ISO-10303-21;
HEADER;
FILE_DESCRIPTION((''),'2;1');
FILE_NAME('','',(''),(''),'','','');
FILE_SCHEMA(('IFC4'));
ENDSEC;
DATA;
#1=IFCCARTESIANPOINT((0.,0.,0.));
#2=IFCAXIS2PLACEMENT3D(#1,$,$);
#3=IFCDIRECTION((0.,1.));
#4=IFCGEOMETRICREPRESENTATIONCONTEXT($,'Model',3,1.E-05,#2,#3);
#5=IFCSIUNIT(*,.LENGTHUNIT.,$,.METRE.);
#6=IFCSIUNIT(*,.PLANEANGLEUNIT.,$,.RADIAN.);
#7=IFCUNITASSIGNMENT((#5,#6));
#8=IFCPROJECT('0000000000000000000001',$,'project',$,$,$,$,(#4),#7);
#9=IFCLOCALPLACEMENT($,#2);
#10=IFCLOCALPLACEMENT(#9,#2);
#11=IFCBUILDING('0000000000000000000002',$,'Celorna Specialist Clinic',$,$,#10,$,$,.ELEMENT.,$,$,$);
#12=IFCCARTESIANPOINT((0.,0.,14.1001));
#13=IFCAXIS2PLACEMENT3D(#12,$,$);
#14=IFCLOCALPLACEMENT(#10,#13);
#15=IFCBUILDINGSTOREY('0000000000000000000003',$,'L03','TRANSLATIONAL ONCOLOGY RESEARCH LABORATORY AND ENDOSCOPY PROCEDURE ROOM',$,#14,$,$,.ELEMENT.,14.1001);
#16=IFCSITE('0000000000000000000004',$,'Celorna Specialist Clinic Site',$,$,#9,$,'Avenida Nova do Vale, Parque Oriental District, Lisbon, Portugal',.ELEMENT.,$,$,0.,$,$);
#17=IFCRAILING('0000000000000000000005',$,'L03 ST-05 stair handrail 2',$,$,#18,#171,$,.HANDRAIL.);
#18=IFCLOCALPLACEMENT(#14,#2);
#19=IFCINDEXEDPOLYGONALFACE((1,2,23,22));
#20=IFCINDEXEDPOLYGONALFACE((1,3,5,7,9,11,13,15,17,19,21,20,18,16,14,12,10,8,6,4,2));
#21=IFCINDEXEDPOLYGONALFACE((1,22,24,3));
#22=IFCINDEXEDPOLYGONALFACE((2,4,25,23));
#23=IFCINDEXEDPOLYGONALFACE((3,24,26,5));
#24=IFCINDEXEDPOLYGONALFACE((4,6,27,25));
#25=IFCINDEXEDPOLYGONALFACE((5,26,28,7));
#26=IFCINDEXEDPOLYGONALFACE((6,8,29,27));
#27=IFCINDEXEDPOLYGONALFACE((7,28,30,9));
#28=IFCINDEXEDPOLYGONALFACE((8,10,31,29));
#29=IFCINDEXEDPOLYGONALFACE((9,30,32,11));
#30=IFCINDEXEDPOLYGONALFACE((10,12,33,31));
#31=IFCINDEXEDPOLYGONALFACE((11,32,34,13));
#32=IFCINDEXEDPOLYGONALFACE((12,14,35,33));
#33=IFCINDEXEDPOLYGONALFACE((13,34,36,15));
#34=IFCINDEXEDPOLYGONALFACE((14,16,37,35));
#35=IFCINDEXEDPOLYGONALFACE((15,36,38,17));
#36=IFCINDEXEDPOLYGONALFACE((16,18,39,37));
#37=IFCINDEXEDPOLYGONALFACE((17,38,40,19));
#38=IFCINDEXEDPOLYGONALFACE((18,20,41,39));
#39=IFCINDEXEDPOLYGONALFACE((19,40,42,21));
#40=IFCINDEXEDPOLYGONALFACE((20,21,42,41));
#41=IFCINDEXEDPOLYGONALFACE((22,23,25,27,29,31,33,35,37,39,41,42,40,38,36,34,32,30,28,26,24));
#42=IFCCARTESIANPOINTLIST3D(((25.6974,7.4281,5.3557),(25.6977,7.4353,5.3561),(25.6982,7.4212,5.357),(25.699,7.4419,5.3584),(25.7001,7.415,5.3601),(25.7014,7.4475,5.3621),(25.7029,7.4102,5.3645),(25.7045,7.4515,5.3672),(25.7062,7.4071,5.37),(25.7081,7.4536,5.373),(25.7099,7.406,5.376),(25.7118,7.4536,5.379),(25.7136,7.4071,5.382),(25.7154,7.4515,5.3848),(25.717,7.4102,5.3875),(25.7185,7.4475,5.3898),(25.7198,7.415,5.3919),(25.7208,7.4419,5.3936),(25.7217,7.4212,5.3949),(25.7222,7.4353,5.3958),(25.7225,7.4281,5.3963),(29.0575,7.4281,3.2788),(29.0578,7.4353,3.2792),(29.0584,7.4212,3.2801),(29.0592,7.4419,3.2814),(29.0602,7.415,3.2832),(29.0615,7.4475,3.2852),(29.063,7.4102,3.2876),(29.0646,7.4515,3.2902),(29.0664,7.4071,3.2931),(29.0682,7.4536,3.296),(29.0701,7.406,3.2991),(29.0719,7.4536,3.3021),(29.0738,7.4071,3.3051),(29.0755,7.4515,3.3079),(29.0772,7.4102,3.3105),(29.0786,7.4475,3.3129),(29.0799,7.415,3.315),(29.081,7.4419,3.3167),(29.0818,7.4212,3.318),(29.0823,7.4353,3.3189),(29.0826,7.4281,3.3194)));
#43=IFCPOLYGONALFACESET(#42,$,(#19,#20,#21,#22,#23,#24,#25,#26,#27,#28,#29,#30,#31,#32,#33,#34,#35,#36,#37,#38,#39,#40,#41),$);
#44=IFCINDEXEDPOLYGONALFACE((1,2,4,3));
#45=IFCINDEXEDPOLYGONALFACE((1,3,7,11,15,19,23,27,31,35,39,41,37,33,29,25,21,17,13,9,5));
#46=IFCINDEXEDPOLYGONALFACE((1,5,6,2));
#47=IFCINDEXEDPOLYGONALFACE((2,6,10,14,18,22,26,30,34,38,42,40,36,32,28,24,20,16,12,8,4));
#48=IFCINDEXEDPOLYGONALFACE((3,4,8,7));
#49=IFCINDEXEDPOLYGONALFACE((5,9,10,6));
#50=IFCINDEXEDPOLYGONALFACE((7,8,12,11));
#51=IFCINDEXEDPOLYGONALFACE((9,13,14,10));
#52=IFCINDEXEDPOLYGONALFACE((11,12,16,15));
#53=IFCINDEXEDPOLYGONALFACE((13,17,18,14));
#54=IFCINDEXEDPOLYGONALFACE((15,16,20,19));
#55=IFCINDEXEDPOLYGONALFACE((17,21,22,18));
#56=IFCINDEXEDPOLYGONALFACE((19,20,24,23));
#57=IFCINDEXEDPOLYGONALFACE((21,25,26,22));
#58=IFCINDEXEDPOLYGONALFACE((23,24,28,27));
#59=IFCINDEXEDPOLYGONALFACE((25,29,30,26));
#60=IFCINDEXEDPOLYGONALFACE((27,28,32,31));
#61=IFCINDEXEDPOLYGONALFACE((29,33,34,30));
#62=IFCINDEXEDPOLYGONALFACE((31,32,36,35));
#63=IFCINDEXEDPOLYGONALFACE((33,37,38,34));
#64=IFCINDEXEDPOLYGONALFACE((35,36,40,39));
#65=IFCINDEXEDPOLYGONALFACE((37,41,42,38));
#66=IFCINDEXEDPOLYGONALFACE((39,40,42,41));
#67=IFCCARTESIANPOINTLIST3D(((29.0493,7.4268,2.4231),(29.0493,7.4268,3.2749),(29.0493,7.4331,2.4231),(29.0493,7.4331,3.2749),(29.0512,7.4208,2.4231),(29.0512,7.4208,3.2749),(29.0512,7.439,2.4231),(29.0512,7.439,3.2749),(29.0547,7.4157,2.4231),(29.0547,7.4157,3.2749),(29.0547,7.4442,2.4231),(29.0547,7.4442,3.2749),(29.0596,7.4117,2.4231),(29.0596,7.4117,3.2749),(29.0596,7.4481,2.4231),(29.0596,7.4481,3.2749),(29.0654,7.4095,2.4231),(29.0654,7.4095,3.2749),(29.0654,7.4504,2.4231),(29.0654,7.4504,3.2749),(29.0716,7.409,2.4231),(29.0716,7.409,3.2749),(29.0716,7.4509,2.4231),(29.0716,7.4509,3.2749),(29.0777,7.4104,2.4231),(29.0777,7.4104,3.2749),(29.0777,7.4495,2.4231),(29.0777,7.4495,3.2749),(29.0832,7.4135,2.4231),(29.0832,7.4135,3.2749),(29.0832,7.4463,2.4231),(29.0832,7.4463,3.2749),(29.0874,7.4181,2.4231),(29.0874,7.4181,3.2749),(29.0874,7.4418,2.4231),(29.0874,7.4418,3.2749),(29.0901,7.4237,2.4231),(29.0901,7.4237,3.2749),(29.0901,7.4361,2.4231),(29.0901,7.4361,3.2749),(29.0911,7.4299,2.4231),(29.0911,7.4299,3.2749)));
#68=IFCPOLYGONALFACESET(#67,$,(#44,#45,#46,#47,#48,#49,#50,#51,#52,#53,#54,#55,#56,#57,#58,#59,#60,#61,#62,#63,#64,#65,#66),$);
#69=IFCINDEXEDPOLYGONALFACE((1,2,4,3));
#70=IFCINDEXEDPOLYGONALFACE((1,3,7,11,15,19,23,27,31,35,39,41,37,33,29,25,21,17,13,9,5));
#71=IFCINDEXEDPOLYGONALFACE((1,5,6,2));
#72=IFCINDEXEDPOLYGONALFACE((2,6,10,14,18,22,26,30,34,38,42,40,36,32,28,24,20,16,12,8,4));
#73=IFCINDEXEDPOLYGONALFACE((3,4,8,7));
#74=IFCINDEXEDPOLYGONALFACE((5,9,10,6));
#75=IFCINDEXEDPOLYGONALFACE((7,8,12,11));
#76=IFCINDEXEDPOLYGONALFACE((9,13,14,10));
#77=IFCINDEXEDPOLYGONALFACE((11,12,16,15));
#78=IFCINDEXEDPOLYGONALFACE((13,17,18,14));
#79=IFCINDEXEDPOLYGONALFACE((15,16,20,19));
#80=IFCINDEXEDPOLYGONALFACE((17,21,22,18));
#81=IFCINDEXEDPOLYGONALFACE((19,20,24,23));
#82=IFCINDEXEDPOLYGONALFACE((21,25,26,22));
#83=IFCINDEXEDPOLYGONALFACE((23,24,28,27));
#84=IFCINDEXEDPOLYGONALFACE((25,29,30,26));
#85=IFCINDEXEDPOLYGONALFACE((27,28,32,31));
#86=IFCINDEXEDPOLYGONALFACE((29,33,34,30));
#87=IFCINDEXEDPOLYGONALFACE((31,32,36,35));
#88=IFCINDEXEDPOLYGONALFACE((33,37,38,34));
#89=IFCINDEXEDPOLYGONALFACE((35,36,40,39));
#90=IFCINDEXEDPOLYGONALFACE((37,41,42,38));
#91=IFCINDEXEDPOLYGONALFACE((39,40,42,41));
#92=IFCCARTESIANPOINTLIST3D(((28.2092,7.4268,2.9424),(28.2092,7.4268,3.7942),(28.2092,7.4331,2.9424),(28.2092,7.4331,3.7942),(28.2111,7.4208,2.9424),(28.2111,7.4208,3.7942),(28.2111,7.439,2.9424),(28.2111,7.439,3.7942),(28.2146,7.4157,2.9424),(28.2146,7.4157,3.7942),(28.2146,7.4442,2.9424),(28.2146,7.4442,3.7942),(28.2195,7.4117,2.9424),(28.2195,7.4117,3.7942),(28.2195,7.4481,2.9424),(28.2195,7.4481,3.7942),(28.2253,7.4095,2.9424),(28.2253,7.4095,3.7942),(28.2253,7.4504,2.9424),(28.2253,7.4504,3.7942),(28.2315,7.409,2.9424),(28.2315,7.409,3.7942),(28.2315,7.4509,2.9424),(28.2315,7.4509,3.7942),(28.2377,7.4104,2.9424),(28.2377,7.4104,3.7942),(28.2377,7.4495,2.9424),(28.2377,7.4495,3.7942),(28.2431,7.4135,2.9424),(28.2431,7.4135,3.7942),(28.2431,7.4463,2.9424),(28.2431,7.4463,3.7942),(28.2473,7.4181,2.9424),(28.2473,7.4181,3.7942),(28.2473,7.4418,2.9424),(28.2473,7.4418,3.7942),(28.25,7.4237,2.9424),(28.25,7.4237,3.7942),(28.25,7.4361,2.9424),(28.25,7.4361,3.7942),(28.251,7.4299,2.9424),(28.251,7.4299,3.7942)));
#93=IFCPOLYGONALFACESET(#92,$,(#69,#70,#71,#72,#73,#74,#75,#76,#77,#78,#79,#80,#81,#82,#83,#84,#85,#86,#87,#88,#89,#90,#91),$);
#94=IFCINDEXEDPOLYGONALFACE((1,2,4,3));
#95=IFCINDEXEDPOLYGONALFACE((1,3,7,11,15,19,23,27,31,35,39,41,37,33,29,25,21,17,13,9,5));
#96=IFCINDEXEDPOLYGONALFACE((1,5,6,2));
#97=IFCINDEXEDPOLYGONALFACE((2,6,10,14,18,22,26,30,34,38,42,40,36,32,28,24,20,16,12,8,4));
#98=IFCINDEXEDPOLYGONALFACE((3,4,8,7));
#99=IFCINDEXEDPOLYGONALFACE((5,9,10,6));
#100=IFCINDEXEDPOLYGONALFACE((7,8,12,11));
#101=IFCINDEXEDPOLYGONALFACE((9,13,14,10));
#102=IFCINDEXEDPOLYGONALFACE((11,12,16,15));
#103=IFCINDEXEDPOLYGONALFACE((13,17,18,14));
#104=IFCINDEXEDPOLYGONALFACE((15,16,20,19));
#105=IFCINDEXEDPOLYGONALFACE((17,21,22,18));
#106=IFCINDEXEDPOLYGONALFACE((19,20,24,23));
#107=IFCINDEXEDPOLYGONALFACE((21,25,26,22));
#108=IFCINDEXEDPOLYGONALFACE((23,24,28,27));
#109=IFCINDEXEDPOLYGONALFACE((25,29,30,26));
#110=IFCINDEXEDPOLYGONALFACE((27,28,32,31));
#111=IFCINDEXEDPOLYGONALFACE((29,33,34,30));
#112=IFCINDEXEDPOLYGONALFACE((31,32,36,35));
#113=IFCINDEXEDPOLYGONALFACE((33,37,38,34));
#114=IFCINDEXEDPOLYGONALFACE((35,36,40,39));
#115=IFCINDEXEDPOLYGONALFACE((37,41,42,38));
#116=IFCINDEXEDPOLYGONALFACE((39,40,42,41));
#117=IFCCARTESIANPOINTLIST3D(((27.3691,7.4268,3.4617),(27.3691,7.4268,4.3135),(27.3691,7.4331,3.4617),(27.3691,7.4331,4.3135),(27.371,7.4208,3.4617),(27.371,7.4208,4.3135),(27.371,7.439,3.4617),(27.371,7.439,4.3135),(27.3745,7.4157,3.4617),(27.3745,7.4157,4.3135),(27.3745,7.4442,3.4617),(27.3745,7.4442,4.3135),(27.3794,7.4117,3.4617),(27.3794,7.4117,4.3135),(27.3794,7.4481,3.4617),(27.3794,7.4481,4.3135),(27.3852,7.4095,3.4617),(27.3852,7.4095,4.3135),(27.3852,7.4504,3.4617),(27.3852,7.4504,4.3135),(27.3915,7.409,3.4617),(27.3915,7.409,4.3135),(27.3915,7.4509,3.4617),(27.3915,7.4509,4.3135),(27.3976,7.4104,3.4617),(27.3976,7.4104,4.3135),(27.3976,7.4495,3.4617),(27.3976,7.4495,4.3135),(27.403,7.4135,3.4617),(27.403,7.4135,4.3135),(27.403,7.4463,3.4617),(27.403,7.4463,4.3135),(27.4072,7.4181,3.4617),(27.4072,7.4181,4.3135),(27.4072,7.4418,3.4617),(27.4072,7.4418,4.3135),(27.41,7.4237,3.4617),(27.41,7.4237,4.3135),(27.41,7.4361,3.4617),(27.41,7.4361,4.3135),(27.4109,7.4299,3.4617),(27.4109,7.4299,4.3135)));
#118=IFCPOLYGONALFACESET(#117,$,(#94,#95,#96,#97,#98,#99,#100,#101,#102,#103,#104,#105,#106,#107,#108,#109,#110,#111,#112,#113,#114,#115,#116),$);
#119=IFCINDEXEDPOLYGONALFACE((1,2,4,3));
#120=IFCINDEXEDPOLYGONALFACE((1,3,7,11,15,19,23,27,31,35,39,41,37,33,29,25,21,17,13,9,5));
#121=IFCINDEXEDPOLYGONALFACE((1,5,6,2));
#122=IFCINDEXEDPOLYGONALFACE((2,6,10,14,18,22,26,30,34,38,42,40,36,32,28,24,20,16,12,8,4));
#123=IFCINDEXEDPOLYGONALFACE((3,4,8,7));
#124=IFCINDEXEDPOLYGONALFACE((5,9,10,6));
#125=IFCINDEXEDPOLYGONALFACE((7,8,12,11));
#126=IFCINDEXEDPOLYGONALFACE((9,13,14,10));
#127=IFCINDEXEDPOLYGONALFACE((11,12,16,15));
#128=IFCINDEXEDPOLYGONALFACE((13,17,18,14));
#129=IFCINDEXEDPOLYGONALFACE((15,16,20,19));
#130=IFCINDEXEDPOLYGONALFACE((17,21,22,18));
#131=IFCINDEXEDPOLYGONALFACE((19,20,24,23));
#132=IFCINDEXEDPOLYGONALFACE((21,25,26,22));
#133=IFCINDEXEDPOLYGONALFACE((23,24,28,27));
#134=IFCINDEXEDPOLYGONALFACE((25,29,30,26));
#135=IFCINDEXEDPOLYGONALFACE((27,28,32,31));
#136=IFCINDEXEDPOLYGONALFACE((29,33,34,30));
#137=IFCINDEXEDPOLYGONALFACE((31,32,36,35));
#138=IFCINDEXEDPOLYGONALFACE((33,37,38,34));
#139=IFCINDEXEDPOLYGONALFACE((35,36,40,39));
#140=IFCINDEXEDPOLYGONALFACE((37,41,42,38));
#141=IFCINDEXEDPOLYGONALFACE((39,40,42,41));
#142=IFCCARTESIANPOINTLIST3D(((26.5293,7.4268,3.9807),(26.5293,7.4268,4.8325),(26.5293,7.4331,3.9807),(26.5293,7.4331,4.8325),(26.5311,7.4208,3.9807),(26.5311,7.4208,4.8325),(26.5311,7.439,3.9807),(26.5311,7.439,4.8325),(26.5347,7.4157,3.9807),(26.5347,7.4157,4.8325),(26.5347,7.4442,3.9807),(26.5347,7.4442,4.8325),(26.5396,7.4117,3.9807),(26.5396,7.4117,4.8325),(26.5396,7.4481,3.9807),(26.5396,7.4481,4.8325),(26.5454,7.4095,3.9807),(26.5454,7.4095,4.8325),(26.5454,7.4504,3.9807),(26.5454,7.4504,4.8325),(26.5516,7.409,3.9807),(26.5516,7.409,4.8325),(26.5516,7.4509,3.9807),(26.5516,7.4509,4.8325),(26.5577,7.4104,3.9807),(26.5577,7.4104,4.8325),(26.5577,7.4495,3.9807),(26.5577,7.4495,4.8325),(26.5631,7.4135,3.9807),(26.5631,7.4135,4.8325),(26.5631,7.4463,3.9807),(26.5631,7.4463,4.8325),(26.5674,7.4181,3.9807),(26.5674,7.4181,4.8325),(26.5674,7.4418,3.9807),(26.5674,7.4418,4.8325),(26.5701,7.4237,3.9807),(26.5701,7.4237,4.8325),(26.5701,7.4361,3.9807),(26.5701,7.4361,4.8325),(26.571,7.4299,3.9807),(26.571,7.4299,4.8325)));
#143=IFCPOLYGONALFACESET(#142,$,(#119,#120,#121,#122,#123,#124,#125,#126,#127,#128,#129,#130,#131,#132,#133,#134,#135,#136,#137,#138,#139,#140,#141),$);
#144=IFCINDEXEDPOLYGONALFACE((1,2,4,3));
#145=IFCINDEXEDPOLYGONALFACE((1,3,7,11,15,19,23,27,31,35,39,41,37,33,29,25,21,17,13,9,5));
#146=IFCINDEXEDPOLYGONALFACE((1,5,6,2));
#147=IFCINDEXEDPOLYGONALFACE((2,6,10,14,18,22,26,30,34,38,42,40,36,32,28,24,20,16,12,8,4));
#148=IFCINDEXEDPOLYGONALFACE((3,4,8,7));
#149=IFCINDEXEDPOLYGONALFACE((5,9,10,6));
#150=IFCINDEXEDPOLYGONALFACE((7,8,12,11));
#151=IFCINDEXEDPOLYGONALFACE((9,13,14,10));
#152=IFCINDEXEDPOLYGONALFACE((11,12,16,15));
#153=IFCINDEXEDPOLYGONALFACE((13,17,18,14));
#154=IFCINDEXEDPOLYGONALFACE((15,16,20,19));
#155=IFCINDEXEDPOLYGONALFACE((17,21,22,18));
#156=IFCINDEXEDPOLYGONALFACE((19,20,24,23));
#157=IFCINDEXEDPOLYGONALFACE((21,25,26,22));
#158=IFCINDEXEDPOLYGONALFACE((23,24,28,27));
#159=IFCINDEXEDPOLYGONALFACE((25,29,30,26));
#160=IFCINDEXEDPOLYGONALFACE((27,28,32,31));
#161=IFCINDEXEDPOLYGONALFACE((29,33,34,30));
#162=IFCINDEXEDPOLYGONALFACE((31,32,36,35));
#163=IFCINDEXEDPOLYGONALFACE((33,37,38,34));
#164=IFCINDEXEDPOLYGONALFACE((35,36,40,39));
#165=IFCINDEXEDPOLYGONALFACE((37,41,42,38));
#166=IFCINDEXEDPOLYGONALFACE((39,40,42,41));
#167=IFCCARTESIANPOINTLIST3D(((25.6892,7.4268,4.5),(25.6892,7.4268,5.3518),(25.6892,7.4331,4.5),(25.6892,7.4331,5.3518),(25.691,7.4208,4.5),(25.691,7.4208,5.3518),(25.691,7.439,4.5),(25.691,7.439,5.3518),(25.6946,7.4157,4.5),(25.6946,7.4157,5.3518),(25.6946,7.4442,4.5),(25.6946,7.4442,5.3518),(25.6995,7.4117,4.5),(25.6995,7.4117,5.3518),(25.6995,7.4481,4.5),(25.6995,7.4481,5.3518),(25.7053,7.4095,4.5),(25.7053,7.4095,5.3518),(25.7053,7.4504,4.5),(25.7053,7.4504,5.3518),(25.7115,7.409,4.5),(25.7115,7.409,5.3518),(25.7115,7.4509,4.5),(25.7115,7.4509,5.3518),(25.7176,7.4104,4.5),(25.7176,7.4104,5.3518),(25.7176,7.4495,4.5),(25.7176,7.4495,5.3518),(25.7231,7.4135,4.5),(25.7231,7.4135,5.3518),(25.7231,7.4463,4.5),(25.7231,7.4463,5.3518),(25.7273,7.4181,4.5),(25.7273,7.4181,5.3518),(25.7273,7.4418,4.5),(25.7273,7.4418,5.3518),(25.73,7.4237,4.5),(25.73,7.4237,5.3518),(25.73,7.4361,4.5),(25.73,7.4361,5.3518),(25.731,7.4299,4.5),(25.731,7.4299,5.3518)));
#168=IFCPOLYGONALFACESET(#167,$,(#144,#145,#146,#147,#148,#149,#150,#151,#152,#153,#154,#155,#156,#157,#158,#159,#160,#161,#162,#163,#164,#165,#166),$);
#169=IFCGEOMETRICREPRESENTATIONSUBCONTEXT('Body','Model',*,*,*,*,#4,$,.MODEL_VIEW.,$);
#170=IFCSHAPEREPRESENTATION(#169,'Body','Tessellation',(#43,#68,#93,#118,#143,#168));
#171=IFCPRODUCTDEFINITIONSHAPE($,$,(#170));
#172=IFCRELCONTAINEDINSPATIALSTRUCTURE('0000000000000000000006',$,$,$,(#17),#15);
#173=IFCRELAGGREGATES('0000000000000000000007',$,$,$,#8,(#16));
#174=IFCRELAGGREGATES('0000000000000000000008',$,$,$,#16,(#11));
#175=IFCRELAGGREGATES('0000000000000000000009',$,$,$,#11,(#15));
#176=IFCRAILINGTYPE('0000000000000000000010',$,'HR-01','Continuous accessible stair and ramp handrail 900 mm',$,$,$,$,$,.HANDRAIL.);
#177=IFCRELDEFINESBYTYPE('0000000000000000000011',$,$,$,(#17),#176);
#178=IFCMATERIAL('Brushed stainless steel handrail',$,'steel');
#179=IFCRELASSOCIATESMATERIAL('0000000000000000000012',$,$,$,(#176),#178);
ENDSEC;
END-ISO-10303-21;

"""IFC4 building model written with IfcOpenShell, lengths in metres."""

from ifc_helpers import new_model, si_unit, direction, frame, origin, origin_2d, place, context, subcontext, project, spatial, circle, extrude, material, type_object, element, save


model = new_model("IFC4")

# Units and contexts
model_context = context("Model", 3, precision=1e-05, world=origin(), true_north=direction((0.0, 1.0)))
body_context = subcontext(model_context, "Body", "Model", "MODEL_VIEW")
ifc_project = project(units=[si_unit("LENGTHUNIT", "METRE"), si_unit("PLANEANGLEUNIT", "RADIAN")], contexts=[model_context])

# Site, building, storey
site_placement = place(None, origin())
site = spatial("IfcSite", under=ifc_project, at=site_placement, Name="Celorna Specialist Clinic Site", LongName="Avenida Nova do Vale, Parque Oriental District, Lisbon, Portugal", CompositionType="ELEMENT", RefElevation=0.0)
building_placement = place(site_placement, origin())
building = spatial("IfcBuilding", under=site, at=building_placement, Name="Celorna Specialist Clinic", CompositionType="ELEMENT")
storey_placement = place(building_placement, frame((0.0, 0.0, 14.1001)))
storey = spatial("IfcBuildingStorey", under=building, at=storey_placement, Name="L03", Description="TRANSLATIONAL ONCOLOGY RESEARCH LABORATORY AND ENDOSCOPY PROCEDURE ROOM", CompositionType="ELEMENT", Elevation=14.1001)

# Railing
ifc_material_1 = material(Name="Brushed stainless steel handrail", Category="steel")
railing_type = type_object("IfcRailingType", Name="HR-01", Description="Continuous accessible stair and ramp handrail 900 mm", PredefinedType="HANDRAIL", material=ifc_material_1)
railing_placement = place(storey_placement, frame((29.0701, 7.4299, 2.4231)))
element("IfcRailing", 1, at=railing_placement, inside=storey, type_object=railing_type, Name="L03 ST-05 stair handrail 2", PredefinedType="HANDRAIL", context=body_context, shape_type="SweptSolid", body=[
    extrude(circle(Radius=0.0239, at=origin_2d()), frame((0.0, 0.0, 0.876), z_axis=(-0.850623, 0.0, 0.525776), x_axis=(0.0, -1.0, 0.0)), (0.0, 0.0, 1.0), 3.9502),
    extrude(circle(Radius=0.021, at=origin_2d()), origin(), (0.0, 0.0, 1.0), 0.8518),
    extrude(circle(Radius=0.021, at=origin_2d()), frame((-0.8401, 0.0, 0.5193)), (0.0, 0.0, 1.0), 0.8518),
    extrude(circle(Radius=0.021, at=origin_2d()), frame((-1.6802, 0.0, 1.0386)), (0.0, 0.0, 1.0), 0.8518),
    extrude(circle(Radius=0.021, at=origin_2d()), frame((-2.52, 0.0, 1.5576)), (0.0, 0.0, 1.0), 0.8518),
    extrude(circle(Radius=0.021, at=origin_2d()), frame((-3.3601, 0.0, 2.0769)), (0.0, 0.0, 1.0), 0.8518),
])

save(model, "model.ifc")
